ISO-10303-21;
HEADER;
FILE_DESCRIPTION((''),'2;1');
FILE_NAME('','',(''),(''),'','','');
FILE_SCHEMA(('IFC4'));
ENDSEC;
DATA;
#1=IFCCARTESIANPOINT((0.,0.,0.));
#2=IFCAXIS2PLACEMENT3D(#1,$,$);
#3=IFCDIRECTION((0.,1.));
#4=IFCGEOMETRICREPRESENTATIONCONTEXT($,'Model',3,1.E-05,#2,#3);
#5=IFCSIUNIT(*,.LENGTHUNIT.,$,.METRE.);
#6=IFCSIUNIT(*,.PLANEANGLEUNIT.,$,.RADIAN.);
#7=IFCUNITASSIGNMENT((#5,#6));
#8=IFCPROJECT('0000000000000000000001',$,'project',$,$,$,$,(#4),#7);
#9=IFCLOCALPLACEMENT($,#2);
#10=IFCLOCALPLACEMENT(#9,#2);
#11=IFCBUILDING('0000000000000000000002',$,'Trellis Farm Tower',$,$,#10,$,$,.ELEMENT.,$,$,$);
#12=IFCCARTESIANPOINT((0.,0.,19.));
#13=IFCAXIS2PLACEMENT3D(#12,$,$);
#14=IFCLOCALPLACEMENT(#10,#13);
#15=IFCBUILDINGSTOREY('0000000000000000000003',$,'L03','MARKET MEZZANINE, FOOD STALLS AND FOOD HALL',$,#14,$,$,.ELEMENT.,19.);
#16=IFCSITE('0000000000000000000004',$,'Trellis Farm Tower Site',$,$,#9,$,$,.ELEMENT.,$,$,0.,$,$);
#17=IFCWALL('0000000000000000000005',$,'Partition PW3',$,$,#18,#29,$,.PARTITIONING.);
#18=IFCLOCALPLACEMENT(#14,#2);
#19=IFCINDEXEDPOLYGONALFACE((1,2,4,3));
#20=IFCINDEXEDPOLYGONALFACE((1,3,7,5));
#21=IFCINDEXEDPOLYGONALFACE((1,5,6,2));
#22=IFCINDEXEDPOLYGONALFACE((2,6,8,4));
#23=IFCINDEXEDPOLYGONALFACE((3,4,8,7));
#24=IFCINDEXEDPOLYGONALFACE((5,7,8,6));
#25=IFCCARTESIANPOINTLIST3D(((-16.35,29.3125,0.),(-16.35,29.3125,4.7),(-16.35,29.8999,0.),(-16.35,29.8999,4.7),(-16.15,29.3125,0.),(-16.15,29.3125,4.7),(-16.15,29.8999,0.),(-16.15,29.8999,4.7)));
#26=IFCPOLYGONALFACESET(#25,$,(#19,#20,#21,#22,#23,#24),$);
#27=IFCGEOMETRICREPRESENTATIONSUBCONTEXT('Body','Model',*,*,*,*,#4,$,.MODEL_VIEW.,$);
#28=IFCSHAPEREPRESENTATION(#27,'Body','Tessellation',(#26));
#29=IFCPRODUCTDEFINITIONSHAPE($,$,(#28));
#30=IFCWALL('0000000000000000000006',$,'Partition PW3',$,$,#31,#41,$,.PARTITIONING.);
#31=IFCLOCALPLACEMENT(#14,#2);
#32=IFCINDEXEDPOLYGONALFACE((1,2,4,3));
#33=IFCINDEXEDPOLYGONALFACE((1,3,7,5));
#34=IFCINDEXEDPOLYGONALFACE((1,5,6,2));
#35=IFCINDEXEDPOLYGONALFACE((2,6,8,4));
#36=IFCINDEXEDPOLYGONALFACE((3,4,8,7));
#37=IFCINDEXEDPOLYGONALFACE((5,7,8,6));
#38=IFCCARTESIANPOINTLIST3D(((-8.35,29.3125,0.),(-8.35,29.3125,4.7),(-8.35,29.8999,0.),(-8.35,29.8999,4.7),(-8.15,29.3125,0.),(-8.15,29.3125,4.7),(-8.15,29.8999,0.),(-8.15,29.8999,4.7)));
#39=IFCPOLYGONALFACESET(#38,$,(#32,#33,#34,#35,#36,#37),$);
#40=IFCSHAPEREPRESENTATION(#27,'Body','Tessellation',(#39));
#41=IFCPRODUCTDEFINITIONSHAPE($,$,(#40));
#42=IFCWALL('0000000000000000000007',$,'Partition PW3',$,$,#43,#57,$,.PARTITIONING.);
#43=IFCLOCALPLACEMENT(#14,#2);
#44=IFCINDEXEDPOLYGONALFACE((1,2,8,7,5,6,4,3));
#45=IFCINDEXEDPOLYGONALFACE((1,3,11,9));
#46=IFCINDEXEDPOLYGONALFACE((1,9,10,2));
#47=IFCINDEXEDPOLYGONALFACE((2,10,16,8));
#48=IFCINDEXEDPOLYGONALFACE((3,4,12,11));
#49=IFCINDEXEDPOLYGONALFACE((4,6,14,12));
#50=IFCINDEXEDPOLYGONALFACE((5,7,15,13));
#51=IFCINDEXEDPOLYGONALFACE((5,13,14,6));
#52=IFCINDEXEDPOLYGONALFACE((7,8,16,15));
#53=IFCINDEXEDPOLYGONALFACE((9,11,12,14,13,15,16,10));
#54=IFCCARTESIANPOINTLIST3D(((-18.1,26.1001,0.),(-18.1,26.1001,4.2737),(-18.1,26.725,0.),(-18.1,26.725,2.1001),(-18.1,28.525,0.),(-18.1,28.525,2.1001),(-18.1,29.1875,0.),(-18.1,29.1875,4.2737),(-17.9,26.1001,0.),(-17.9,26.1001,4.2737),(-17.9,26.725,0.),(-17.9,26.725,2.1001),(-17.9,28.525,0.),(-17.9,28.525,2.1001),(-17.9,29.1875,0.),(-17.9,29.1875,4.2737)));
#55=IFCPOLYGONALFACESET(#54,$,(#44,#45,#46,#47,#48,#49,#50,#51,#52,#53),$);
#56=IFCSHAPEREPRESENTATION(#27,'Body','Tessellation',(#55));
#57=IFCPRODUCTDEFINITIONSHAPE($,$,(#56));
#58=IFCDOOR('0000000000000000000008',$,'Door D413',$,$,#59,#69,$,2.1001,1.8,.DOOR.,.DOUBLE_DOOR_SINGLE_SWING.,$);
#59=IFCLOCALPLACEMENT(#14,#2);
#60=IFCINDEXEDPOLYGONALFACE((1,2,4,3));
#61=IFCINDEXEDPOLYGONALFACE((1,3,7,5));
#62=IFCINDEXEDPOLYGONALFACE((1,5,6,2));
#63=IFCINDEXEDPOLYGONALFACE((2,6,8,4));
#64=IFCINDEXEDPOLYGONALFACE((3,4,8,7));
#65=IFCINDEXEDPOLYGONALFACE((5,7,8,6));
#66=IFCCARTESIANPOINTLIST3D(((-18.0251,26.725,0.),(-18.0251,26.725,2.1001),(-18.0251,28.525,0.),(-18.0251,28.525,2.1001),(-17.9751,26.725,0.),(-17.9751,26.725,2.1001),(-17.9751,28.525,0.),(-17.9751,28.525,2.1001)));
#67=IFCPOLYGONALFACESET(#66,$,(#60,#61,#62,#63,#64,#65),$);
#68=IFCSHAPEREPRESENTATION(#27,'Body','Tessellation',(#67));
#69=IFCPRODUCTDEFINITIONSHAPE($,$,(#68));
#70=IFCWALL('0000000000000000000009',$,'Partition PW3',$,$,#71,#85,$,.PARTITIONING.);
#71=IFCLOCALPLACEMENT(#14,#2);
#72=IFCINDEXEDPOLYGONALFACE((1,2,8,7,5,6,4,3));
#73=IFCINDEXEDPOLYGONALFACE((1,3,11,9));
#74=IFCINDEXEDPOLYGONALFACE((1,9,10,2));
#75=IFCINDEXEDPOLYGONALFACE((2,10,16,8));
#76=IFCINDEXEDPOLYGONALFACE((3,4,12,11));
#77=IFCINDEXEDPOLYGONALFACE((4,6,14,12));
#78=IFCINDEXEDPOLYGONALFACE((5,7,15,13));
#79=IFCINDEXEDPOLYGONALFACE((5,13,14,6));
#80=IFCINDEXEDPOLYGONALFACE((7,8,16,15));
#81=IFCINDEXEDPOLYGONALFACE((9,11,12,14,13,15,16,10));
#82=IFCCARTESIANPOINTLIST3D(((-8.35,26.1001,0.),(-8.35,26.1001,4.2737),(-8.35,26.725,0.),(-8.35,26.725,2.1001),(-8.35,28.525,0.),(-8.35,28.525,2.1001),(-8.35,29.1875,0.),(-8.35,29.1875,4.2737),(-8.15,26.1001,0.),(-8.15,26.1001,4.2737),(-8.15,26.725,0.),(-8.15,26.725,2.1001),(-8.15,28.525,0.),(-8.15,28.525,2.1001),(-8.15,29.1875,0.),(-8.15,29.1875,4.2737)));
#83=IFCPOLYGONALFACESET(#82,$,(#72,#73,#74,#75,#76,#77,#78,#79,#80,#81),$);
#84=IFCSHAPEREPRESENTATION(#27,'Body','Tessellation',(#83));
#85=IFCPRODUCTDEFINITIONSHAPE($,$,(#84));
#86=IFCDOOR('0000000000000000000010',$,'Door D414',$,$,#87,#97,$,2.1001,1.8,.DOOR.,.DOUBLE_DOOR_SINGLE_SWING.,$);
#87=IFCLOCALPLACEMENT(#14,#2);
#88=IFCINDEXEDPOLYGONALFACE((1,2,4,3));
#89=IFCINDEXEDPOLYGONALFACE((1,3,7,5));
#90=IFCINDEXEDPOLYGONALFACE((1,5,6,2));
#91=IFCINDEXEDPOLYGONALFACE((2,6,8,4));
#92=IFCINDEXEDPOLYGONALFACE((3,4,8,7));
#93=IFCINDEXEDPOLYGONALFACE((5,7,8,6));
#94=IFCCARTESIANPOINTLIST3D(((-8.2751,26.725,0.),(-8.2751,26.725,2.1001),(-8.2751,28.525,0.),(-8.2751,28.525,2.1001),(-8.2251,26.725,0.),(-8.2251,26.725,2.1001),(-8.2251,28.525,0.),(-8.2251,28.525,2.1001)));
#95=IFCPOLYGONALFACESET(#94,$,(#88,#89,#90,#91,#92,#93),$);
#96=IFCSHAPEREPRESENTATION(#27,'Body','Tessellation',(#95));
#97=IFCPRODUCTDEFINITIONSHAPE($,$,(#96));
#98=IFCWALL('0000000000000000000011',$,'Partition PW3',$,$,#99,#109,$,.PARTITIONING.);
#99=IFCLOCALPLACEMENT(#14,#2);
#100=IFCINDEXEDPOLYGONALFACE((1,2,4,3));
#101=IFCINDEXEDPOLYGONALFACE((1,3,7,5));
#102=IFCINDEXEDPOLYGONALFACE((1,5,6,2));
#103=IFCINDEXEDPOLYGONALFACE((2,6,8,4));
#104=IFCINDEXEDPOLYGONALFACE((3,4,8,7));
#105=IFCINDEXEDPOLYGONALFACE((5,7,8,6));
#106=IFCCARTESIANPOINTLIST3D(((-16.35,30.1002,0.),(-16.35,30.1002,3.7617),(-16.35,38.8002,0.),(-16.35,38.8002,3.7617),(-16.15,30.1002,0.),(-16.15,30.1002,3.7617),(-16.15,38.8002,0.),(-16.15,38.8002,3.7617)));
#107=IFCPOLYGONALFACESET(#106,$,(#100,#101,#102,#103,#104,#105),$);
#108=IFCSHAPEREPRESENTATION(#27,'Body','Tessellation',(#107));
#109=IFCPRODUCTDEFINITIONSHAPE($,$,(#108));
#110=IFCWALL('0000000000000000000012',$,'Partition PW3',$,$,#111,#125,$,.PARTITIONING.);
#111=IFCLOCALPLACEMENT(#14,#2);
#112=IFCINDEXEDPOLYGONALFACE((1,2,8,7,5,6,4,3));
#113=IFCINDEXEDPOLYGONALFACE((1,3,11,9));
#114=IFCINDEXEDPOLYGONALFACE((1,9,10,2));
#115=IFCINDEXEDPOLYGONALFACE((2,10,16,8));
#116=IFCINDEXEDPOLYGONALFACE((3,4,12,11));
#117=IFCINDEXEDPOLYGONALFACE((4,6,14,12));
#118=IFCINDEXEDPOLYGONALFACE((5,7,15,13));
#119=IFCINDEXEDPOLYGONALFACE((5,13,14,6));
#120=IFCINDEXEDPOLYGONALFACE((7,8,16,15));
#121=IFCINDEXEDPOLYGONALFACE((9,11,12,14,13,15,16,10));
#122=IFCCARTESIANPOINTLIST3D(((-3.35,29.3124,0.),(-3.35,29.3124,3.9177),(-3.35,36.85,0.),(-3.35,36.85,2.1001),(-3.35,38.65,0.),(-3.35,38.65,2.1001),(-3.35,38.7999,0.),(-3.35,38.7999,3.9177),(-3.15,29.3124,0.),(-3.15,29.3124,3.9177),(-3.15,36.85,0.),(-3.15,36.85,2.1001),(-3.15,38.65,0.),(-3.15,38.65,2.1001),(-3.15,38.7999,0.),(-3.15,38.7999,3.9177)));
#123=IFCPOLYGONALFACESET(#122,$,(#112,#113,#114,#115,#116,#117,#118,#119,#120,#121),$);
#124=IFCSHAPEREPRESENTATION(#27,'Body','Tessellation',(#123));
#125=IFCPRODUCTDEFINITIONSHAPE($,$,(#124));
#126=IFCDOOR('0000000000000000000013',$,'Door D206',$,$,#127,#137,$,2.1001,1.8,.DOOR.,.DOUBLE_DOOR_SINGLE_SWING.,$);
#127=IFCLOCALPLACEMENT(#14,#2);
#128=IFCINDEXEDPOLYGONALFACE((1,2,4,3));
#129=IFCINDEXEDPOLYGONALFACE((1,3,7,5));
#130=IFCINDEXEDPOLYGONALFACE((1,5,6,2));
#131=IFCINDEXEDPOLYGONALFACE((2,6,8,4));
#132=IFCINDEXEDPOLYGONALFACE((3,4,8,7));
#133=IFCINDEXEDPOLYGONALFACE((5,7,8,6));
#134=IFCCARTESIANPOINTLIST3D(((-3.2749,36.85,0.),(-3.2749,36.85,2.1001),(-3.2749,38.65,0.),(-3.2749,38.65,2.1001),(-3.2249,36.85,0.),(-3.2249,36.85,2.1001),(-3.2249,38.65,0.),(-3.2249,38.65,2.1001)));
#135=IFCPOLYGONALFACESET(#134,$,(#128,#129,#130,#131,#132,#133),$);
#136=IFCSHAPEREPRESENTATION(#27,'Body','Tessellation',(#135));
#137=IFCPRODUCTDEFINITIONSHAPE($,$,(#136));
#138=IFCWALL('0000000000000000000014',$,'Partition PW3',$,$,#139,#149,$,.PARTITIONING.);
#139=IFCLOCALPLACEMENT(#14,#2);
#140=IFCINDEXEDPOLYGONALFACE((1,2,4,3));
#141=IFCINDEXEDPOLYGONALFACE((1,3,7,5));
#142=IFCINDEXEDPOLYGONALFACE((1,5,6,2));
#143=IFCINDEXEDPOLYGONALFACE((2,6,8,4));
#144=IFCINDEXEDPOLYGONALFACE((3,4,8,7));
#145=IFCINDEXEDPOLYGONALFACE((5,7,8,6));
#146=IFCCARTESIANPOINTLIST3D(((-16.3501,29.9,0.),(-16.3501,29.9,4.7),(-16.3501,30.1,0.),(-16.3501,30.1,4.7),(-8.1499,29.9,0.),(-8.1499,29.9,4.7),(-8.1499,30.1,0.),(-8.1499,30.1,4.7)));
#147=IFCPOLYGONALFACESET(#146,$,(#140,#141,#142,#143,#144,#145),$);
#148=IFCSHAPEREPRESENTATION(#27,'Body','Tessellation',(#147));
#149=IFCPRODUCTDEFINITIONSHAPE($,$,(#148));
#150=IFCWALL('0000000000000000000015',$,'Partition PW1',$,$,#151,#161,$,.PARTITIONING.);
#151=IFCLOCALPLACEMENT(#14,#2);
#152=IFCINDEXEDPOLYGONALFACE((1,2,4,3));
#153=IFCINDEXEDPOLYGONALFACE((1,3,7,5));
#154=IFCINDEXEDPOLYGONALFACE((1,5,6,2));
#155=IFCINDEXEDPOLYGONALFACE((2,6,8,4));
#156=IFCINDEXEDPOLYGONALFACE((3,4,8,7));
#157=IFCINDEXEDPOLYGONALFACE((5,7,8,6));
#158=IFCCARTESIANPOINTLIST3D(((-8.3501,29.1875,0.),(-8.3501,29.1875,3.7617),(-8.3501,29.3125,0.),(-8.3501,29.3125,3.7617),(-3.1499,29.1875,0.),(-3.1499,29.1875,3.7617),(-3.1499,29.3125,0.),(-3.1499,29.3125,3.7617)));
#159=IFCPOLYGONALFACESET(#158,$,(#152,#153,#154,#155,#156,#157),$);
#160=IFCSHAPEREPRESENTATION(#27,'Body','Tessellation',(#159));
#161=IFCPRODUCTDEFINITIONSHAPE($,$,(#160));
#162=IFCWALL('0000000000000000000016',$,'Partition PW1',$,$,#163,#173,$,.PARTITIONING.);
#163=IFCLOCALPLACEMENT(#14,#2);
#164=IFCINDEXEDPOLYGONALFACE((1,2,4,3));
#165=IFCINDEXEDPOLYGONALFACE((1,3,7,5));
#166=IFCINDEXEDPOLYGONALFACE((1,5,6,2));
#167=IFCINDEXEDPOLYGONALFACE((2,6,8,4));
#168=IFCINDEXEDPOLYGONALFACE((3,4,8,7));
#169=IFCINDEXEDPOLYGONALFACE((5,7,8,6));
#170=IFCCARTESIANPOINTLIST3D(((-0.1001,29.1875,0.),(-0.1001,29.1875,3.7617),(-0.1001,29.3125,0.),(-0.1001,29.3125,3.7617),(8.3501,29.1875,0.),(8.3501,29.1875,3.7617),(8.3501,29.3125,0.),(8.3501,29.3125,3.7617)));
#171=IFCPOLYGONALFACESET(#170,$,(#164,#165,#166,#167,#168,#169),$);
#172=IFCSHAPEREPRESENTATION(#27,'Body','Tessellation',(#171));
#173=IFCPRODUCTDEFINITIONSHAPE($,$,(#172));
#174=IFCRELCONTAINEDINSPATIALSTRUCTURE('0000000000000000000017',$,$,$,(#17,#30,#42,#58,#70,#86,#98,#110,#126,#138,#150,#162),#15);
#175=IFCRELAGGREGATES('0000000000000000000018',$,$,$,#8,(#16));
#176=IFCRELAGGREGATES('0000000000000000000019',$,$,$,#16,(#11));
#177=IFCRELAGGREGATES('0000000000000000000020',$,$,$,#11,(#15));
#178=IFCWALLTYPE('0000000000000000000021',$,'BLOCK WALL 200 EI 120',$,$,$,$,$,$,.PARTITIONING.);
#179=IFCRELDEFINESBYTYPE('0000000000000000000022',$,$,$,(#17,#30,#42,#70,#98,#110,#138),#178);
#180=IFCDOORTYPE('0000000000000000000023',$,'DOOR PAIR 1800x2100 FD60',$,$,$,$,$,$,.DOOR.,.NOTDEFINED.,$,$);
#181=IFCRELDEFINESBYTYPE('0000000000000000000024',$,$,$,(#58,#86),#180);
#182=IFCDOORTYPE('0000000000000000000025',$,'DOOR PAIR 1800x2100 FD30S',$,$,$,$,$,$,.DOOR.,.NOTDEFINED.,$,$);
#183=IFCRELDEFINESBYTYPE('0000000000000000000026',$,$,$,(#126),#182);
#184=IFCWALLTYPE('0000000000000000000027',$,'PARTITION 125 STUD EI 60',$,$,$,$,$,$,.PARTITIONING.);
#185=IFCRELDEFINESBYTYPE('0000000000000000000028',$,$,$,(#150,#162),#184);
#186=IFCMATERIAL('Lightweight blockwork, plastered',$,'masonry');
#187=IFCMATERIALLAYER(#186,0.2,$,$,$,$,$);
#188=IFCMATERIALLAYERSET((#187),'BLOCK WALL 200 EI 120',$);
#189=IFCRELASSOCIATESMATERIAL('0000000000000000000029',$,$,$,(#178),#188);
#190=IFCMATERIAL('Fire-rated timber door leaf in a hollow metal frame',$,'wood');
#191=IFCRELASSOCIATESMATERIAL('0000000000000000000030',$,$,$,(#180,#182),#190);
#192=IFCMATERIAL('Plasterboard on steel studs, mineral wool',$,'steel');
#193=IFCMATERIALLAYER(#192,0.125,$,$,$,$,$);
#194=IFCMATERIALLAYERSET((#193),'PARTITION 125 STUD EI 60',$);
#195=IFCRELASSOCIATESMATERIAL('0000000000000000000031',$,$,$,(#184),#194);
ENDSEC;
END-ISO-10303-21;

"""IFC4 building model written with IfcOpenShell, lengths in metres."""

from ifc_helpers import new_model, si_unit, direction, frame, frame_2d, origin, place, context, subcontext, project, spatial, rectangle, extrude, source, transform, mapped, material, layer, layer_set, type_object, element, fill, save


model = new_model("IFC4")

# Units and contexts
model_context = context("Model", 3, precision=1e-05, world=origin(), true_north=direction((0.0, 1.0)))
body_context = subcontext(model_context, "Body", "Model", "MODEL_VIEW")
ifc_project = project(units=[si_unit("LENGTHUNIT", "METRE"), si_unit("PLANEANGLEUNIT", "RADIAN")], contexts=[model_context])

# Site, building, storey
site_placement = place(None, origin())
site = spatial("IfcSite", under=ifc_project, at=site_placement, Name="Trellis Farm Tower Site", CompositionType="ELEMENT", RefElevation=0.0)
building_placement = place(site_placement, origin())
building = spatial("IfcBuilding", under=site, at=building_placement, Name="Trellis Farm Tower", CompositionType="ELEMENT")
storey_placement = place(building_placement, frame((0.0, 0.0, 19.0)))
storey = spatial("IfcBuildingStorey", under=building, at=storey_placement, Name="L03", Description="MARKET MEZZANINE, FOOD STALLS AND FOOD HALL", CompositionType="ELEMENT", Elevation=19.0)

# Shared definitions
shared_shape_1 = source(origin(), body_context, "Body", "SweptSolid", [
    extrude(rectangle(XDim=1.8, YDim=2.1001, at=frame_2d((0.8999, 1.05))), frame((0.0, 0.0249, 0.0), z_axis=(0.0, -1.0, 0.0), x_axis=(1.0, 0.0, 0.0)), (0.0, 0.0, 1.0), 0.05),
])

# Walls
ifc_material_1 = material(Name="Lightweight blockwork, plastered", Category="masonry")
ifc_layer_1 = layer(ifc_material_1, 0.2)
ifc_layer_set_1 = layer_set([ifc_layer_1], Name="BLOCK WALL 200 EI 120")
wall_type_1 = type_object("IfcWallType", Name="BLOCK WALL 200 EI 120", PredefinedType="PARTITIONING", material=ifc_layer_set_1)
shared_shape_2 = source(origin(), body_context, "Body", "SweptSolid", [
    extrude(rectangle(XDim=0.5874, YDim=0.2, at=frame_2d((0.2937, 0.0))), origin(), (0.0, 0.0, 1.0), 4.7),
])
for number, where, z_axis, x_axis, name in (
    (1, (-16.25, 29.3125, 0.0), (0.0, 0.0, 1.0), (0.0, 1.0, 0.0), "Partition PW3"),
    (2, (-8.25, 29.3125, 0.0), (0.0, 0.0, 1.0), (0.0, 1.0, 0.0), "Partition PW3"),
):
    element("IfcWall", number, at=place(storey_placement, frame(where, z_axis=z_axis, x_axis=x_axis)), inside=storey, type_object=wall_type_1, Name=name, PredefinedType="PARTITIONING", context=body_context, shape_type="MappedRepresentation", body=[
        mapped(shared_shape_2, transform((0.0, 0.0, 0.0))),
    ])

# Walls, openings, doors
shared_shape_3 = source(origin(), body_context, "Body", "SweptSolid", [
    extrude(rectangle(XDim=3.0874, YDim=0.2, at=frame_2d((1.5437, 0.0))), origin(), (0.0, 0.0, 1.0), 4.2737),
])
wall_1_placement = place(storey_placement, frame((-18.0, 29.1875, 0.0), z_axis=(0.0, 0.0, 1.0), x_axis=(0.0, -1.0, 0.0)))
wall_1 = element("IfcWall", 3, at=wall_1_placement, inside=storey, type_object=wall_type_1, Name="Partition PW3", PredefinedType="PARTITIONING", context=body_context, shape_type="MappedRepresentation", body=[
    mapped(shared_shape_3, transform((0.0, 0.0, 0.0))),
])
shared_shape_4 = source(origin(), body_context, "Body", "SweptSolid", [
    extrude(rectangle(XDim=1.8, YDim=2.1001, at=frame_2d((0.8999, 1.05))), frame((0.0, 0.1101, 0.0), z_axis=(0.0, -1.0, 0.0), x_axis=(1.0, 0.0, 0.0)), (0.0, 0.0, 1.0), 0.2202),
])
opening_1_placement = place(wall_1_placement, frame((0.6626, 0.0, 0.0)))
opening_1 = element("IfcOpeningElement", 4, at=opening_1_placement, cuts=wall_1, PredefinedType="OPENING", context=body_context, shape_type="MappedRepresentation", body=[
    mapped(shared_shape_4, transform((0.0, 0.0, 0.0))),
])
ifc_material_2 = material(Name="Fire-rated timber door leaf in a hollow metal frame", Category="wood")
door_type_1 = type_object("IfcDoorType", Name="DOOR PAIR 1800x2100 FD60", OperationType="NOTDEFINED", PredefinedType="DOOR", material=ifc_material_2)
door_1_placement = place(opening_1_placement, origin())
door_1 = element("IfcDoor", 5, at=door_1_placement, inside=storey, type_object=door_type_1, Name="Door D413", OperationType="DOUBLE_DOOR_SINGLE_SWING", OverallHeight=2.1001, OverallWidth=1.8, PredefinedType="DOOR", context=body_context, shape_type="MappedRepresentation", body=[
    mapped(shared_shape_1, transform((0.0, 0.0, 0.0))),
])
fill(opening_1, door_1)
wall_2_placement = place(storey_placement, frame((-8.25, 29.1875, 0.0), z_axis=(0.0, 0.0, 1.0), x_axis=(0.0, -1.0, 0.0)))
wall_2 = element("IfcWall", 6, at=wall_2_placement, inside=storey, type_object=wall_type_1, Name="Partition PW3", PredefinedType="PARTITIONING", context=body_context, shape_type="MappedRepresentation", body=[
    mapped(shared_shape_3, transform((0.0, 0.0, 0.0))),
])
opening_2_placement = place(wall_2_placement, frame((0.6626, 0.0, 0.0)))
opening_2 = element("IfcOpeningElement", 7, at=opening_2_placement, cuts=wall_2, PredefinedType="OPENING", context=body_context, shape_type="MappedRepresentation", body=[
    mapped(shared_shape_4, transform((0.0, 0.0, 0.0))),
])
door_2_placement = place(opening_2_placement, origin())
door_2 = element("IfcDoor", 8, at=door_2_placement, inside=storey, type_object=door_type_1, Name="Door D414", OperationType="DOUBLE_DOOR_SINGLE_SWING", OverallHeight=2.1001, OverallWidth=1.8, PredefinedType="DOOR", context=body_context, shape_type="MappedRepresentation", body=[
    mapped(shared_shape_1, transform((0.0, 0.0, 0.0))),
])
fill(opening_2, door_2)

# Wall
shared_shape_5 = source(origin(), body_context, "Body", "SweptSolid", [
    extrude(rectangle(XDim=8.7, YDim=0.2, at=frame_2d((4.3501, 0.0))), origin(), (0.0, 0.0, 1.0), 3.7617),
])
wall_3_placement = place(storey_placement, frame((-16.25, 30.1001, 0.0), z_axis=(0.0, 0.0, 1.0), x_axis=(0.0, 1.0, 0.0)))
element("IfcWall", 9, at=wall_3_placement, inside=storey, type_object=wall_type_1, Name="Partition PW3", PredefinedType="PARTITIONING", context=body_context, shape_type="MappedRepresentation", body=[
    mapped(shared_shape_5, transform((0.0, 0.0, 0.0))),
])

# Wall, opening, door
shared_shape_6 = source(origin(), body_context, "Body", "SweptSolid", [
    extrude(rectangle(XDim=9.4875, YDim=0.2, at=frame_2d((4.7437, 0.0))), origin(), (0.0, 0.0, 1.0), 3.9177),
])
wall_4_placement = place(storey_placement, frame((-3.25, 29.3125, 0.0), z_axis=(0.0, 0.0, 1.0), x_axis=(0.0, 1.0, 0.0)))
wall_4 = element("IfcWall", 10, at=wall_4_placement, inside=storey, type_object=wall_type_1, Name="Partition PW3", PredefinedType="PARTITIONING", context=body_context, shape_type="MappedRepresentation", body=[
    mapped(shared_shape_6, transform((0.0, 0.0, 0.0))),
])
opening_3_placement = place(wall_4_placement, frame((7.5376, 0.0, 0.0)))
opening_3 = element("IfcOpeningElement", 11, at=opening_3_placement, cuts=wall_4, PredefinedType="OPENING", context=body_context, shape_type="MappedRepresentation", body=[
    mapped(shared_shape_4, transform((0.0, 0.0, 0.0))),
])
door_type_2 = type_object("IfcDoorType", Name="DOOR PAIR 1800x2100 FD30S", OperationType="NOTDEFINED", PredefinedType="DOOR", material=ifc_material_2)
door_3_placement = place(opening_3_placement, origin())
door_3 = element("IfcDoor", 12, at=door_3_placement, inside=storey, type_object=door_type_2, Name="Door D206", OperationType="DOUBLE_DOOR_SINGLE_SWING", OverallHeight=2.1001, OverallWidth=1.8, PredefinedType="DOOR", context=body_context, shape_type="MappedRepresentation", body=[
    mapped(shared_shape_1, transform((0.0, 0.0, 0.0))),
])
fill(opening_3, door_3)

# Walls
shared_shape_7 = source(origin(), body_context, "Body", "SweptSolid", [
    extrude(rectangle(XDim=8.2002, YDim=0.2, at=frame_2d((4.1001, 0.0))), origin(), (0.0, 0.0, 1.0), 4.7),
])
wall_5_placement = place(storey_placement, frame((-16.3501, 30.0, 0.0), z_axis=(0.0, 0.0, 1.0), x_axis=(1.0, 0.0, 0.0)))
element("IfcWall", 13, at=wall_5_placement, inside=storey, type_object=wall_type_1, Name="Partition PW3", PredefinedType="PARTITIONING", context=body_context, shape_type="MappedRepresentation", body=[
    mapped(shared_shape_7, transform((0.0, 0.0, 0.0))),
])
ifc_material_3 = material(Name="Plasterboard on steel studs, mineral wool", Category="steel")
ifc_layer_2 = layer(ifc_material_3, 0.125)
ifc_layer_set_2 = layer_set([ifc_layer_2], Name="PARTITION 125 STUD EI 60")
wall_type_2 = type_object("IfcWallType", Name="PARTITION 125 STUD EI 60", PredefinedType="PARTITIONING", material=ifc_layer_set_2)
shared_shape_8 = source(origin(), body_context, "Body", "SweptSolid", [
    extrude(rectangle(XDim=5.2002, YDim=0.125, at=frame_2d((2.6001, 0.0))), origin(), (0.0, 0.0, 1.0), 3.7617),
])
wall_6_placement = place(storey_placement, frame((-8.3501, 29.25, 0.0), z_axis=(0.0, 0.0, 1.0), x_axis=(1.0, 0.0, 0.0)))
element("IfcWall", 14, at=wall_6_placement, inside=storey, type_object=wall_type_2, Name="Partition PW1", PredefinedType="PARTITIONING", context=body_context, shape_type="MappedRepresentation", body=[
    mapped(shared_shape_8, transform((0.0, 0.0, 0.0))),
])
shared_shape_9 = source(origin(), body_context, "Body", "SweptSolid", [
    extrude(rectangle(XDim=8.4502, YDim=0.125, at=frame_2d((4.2251, 0.0))), origin(), (0.0, 0.0, 1.0), 3.7617),
])
wall_7_placement = place(storey_placement, frame((-0.1001, 29.25, 0.0), z_axis=(0.0, 0.0, 1.0), x_axis=(1.0, 0.0, 0.0)))
element("IfcWall", 15, at=wall_7_placement, inside=storey, type_object=wall_type_2, Name="Partition PW1", PredefinedType="PARTITIONING", context=body_context, shape_type="MappedRepresentation", body=[
    mapped(shared_shape_9, transform((0.0, 0.0, 0.0))),
])

save(model, "model.ifc")
